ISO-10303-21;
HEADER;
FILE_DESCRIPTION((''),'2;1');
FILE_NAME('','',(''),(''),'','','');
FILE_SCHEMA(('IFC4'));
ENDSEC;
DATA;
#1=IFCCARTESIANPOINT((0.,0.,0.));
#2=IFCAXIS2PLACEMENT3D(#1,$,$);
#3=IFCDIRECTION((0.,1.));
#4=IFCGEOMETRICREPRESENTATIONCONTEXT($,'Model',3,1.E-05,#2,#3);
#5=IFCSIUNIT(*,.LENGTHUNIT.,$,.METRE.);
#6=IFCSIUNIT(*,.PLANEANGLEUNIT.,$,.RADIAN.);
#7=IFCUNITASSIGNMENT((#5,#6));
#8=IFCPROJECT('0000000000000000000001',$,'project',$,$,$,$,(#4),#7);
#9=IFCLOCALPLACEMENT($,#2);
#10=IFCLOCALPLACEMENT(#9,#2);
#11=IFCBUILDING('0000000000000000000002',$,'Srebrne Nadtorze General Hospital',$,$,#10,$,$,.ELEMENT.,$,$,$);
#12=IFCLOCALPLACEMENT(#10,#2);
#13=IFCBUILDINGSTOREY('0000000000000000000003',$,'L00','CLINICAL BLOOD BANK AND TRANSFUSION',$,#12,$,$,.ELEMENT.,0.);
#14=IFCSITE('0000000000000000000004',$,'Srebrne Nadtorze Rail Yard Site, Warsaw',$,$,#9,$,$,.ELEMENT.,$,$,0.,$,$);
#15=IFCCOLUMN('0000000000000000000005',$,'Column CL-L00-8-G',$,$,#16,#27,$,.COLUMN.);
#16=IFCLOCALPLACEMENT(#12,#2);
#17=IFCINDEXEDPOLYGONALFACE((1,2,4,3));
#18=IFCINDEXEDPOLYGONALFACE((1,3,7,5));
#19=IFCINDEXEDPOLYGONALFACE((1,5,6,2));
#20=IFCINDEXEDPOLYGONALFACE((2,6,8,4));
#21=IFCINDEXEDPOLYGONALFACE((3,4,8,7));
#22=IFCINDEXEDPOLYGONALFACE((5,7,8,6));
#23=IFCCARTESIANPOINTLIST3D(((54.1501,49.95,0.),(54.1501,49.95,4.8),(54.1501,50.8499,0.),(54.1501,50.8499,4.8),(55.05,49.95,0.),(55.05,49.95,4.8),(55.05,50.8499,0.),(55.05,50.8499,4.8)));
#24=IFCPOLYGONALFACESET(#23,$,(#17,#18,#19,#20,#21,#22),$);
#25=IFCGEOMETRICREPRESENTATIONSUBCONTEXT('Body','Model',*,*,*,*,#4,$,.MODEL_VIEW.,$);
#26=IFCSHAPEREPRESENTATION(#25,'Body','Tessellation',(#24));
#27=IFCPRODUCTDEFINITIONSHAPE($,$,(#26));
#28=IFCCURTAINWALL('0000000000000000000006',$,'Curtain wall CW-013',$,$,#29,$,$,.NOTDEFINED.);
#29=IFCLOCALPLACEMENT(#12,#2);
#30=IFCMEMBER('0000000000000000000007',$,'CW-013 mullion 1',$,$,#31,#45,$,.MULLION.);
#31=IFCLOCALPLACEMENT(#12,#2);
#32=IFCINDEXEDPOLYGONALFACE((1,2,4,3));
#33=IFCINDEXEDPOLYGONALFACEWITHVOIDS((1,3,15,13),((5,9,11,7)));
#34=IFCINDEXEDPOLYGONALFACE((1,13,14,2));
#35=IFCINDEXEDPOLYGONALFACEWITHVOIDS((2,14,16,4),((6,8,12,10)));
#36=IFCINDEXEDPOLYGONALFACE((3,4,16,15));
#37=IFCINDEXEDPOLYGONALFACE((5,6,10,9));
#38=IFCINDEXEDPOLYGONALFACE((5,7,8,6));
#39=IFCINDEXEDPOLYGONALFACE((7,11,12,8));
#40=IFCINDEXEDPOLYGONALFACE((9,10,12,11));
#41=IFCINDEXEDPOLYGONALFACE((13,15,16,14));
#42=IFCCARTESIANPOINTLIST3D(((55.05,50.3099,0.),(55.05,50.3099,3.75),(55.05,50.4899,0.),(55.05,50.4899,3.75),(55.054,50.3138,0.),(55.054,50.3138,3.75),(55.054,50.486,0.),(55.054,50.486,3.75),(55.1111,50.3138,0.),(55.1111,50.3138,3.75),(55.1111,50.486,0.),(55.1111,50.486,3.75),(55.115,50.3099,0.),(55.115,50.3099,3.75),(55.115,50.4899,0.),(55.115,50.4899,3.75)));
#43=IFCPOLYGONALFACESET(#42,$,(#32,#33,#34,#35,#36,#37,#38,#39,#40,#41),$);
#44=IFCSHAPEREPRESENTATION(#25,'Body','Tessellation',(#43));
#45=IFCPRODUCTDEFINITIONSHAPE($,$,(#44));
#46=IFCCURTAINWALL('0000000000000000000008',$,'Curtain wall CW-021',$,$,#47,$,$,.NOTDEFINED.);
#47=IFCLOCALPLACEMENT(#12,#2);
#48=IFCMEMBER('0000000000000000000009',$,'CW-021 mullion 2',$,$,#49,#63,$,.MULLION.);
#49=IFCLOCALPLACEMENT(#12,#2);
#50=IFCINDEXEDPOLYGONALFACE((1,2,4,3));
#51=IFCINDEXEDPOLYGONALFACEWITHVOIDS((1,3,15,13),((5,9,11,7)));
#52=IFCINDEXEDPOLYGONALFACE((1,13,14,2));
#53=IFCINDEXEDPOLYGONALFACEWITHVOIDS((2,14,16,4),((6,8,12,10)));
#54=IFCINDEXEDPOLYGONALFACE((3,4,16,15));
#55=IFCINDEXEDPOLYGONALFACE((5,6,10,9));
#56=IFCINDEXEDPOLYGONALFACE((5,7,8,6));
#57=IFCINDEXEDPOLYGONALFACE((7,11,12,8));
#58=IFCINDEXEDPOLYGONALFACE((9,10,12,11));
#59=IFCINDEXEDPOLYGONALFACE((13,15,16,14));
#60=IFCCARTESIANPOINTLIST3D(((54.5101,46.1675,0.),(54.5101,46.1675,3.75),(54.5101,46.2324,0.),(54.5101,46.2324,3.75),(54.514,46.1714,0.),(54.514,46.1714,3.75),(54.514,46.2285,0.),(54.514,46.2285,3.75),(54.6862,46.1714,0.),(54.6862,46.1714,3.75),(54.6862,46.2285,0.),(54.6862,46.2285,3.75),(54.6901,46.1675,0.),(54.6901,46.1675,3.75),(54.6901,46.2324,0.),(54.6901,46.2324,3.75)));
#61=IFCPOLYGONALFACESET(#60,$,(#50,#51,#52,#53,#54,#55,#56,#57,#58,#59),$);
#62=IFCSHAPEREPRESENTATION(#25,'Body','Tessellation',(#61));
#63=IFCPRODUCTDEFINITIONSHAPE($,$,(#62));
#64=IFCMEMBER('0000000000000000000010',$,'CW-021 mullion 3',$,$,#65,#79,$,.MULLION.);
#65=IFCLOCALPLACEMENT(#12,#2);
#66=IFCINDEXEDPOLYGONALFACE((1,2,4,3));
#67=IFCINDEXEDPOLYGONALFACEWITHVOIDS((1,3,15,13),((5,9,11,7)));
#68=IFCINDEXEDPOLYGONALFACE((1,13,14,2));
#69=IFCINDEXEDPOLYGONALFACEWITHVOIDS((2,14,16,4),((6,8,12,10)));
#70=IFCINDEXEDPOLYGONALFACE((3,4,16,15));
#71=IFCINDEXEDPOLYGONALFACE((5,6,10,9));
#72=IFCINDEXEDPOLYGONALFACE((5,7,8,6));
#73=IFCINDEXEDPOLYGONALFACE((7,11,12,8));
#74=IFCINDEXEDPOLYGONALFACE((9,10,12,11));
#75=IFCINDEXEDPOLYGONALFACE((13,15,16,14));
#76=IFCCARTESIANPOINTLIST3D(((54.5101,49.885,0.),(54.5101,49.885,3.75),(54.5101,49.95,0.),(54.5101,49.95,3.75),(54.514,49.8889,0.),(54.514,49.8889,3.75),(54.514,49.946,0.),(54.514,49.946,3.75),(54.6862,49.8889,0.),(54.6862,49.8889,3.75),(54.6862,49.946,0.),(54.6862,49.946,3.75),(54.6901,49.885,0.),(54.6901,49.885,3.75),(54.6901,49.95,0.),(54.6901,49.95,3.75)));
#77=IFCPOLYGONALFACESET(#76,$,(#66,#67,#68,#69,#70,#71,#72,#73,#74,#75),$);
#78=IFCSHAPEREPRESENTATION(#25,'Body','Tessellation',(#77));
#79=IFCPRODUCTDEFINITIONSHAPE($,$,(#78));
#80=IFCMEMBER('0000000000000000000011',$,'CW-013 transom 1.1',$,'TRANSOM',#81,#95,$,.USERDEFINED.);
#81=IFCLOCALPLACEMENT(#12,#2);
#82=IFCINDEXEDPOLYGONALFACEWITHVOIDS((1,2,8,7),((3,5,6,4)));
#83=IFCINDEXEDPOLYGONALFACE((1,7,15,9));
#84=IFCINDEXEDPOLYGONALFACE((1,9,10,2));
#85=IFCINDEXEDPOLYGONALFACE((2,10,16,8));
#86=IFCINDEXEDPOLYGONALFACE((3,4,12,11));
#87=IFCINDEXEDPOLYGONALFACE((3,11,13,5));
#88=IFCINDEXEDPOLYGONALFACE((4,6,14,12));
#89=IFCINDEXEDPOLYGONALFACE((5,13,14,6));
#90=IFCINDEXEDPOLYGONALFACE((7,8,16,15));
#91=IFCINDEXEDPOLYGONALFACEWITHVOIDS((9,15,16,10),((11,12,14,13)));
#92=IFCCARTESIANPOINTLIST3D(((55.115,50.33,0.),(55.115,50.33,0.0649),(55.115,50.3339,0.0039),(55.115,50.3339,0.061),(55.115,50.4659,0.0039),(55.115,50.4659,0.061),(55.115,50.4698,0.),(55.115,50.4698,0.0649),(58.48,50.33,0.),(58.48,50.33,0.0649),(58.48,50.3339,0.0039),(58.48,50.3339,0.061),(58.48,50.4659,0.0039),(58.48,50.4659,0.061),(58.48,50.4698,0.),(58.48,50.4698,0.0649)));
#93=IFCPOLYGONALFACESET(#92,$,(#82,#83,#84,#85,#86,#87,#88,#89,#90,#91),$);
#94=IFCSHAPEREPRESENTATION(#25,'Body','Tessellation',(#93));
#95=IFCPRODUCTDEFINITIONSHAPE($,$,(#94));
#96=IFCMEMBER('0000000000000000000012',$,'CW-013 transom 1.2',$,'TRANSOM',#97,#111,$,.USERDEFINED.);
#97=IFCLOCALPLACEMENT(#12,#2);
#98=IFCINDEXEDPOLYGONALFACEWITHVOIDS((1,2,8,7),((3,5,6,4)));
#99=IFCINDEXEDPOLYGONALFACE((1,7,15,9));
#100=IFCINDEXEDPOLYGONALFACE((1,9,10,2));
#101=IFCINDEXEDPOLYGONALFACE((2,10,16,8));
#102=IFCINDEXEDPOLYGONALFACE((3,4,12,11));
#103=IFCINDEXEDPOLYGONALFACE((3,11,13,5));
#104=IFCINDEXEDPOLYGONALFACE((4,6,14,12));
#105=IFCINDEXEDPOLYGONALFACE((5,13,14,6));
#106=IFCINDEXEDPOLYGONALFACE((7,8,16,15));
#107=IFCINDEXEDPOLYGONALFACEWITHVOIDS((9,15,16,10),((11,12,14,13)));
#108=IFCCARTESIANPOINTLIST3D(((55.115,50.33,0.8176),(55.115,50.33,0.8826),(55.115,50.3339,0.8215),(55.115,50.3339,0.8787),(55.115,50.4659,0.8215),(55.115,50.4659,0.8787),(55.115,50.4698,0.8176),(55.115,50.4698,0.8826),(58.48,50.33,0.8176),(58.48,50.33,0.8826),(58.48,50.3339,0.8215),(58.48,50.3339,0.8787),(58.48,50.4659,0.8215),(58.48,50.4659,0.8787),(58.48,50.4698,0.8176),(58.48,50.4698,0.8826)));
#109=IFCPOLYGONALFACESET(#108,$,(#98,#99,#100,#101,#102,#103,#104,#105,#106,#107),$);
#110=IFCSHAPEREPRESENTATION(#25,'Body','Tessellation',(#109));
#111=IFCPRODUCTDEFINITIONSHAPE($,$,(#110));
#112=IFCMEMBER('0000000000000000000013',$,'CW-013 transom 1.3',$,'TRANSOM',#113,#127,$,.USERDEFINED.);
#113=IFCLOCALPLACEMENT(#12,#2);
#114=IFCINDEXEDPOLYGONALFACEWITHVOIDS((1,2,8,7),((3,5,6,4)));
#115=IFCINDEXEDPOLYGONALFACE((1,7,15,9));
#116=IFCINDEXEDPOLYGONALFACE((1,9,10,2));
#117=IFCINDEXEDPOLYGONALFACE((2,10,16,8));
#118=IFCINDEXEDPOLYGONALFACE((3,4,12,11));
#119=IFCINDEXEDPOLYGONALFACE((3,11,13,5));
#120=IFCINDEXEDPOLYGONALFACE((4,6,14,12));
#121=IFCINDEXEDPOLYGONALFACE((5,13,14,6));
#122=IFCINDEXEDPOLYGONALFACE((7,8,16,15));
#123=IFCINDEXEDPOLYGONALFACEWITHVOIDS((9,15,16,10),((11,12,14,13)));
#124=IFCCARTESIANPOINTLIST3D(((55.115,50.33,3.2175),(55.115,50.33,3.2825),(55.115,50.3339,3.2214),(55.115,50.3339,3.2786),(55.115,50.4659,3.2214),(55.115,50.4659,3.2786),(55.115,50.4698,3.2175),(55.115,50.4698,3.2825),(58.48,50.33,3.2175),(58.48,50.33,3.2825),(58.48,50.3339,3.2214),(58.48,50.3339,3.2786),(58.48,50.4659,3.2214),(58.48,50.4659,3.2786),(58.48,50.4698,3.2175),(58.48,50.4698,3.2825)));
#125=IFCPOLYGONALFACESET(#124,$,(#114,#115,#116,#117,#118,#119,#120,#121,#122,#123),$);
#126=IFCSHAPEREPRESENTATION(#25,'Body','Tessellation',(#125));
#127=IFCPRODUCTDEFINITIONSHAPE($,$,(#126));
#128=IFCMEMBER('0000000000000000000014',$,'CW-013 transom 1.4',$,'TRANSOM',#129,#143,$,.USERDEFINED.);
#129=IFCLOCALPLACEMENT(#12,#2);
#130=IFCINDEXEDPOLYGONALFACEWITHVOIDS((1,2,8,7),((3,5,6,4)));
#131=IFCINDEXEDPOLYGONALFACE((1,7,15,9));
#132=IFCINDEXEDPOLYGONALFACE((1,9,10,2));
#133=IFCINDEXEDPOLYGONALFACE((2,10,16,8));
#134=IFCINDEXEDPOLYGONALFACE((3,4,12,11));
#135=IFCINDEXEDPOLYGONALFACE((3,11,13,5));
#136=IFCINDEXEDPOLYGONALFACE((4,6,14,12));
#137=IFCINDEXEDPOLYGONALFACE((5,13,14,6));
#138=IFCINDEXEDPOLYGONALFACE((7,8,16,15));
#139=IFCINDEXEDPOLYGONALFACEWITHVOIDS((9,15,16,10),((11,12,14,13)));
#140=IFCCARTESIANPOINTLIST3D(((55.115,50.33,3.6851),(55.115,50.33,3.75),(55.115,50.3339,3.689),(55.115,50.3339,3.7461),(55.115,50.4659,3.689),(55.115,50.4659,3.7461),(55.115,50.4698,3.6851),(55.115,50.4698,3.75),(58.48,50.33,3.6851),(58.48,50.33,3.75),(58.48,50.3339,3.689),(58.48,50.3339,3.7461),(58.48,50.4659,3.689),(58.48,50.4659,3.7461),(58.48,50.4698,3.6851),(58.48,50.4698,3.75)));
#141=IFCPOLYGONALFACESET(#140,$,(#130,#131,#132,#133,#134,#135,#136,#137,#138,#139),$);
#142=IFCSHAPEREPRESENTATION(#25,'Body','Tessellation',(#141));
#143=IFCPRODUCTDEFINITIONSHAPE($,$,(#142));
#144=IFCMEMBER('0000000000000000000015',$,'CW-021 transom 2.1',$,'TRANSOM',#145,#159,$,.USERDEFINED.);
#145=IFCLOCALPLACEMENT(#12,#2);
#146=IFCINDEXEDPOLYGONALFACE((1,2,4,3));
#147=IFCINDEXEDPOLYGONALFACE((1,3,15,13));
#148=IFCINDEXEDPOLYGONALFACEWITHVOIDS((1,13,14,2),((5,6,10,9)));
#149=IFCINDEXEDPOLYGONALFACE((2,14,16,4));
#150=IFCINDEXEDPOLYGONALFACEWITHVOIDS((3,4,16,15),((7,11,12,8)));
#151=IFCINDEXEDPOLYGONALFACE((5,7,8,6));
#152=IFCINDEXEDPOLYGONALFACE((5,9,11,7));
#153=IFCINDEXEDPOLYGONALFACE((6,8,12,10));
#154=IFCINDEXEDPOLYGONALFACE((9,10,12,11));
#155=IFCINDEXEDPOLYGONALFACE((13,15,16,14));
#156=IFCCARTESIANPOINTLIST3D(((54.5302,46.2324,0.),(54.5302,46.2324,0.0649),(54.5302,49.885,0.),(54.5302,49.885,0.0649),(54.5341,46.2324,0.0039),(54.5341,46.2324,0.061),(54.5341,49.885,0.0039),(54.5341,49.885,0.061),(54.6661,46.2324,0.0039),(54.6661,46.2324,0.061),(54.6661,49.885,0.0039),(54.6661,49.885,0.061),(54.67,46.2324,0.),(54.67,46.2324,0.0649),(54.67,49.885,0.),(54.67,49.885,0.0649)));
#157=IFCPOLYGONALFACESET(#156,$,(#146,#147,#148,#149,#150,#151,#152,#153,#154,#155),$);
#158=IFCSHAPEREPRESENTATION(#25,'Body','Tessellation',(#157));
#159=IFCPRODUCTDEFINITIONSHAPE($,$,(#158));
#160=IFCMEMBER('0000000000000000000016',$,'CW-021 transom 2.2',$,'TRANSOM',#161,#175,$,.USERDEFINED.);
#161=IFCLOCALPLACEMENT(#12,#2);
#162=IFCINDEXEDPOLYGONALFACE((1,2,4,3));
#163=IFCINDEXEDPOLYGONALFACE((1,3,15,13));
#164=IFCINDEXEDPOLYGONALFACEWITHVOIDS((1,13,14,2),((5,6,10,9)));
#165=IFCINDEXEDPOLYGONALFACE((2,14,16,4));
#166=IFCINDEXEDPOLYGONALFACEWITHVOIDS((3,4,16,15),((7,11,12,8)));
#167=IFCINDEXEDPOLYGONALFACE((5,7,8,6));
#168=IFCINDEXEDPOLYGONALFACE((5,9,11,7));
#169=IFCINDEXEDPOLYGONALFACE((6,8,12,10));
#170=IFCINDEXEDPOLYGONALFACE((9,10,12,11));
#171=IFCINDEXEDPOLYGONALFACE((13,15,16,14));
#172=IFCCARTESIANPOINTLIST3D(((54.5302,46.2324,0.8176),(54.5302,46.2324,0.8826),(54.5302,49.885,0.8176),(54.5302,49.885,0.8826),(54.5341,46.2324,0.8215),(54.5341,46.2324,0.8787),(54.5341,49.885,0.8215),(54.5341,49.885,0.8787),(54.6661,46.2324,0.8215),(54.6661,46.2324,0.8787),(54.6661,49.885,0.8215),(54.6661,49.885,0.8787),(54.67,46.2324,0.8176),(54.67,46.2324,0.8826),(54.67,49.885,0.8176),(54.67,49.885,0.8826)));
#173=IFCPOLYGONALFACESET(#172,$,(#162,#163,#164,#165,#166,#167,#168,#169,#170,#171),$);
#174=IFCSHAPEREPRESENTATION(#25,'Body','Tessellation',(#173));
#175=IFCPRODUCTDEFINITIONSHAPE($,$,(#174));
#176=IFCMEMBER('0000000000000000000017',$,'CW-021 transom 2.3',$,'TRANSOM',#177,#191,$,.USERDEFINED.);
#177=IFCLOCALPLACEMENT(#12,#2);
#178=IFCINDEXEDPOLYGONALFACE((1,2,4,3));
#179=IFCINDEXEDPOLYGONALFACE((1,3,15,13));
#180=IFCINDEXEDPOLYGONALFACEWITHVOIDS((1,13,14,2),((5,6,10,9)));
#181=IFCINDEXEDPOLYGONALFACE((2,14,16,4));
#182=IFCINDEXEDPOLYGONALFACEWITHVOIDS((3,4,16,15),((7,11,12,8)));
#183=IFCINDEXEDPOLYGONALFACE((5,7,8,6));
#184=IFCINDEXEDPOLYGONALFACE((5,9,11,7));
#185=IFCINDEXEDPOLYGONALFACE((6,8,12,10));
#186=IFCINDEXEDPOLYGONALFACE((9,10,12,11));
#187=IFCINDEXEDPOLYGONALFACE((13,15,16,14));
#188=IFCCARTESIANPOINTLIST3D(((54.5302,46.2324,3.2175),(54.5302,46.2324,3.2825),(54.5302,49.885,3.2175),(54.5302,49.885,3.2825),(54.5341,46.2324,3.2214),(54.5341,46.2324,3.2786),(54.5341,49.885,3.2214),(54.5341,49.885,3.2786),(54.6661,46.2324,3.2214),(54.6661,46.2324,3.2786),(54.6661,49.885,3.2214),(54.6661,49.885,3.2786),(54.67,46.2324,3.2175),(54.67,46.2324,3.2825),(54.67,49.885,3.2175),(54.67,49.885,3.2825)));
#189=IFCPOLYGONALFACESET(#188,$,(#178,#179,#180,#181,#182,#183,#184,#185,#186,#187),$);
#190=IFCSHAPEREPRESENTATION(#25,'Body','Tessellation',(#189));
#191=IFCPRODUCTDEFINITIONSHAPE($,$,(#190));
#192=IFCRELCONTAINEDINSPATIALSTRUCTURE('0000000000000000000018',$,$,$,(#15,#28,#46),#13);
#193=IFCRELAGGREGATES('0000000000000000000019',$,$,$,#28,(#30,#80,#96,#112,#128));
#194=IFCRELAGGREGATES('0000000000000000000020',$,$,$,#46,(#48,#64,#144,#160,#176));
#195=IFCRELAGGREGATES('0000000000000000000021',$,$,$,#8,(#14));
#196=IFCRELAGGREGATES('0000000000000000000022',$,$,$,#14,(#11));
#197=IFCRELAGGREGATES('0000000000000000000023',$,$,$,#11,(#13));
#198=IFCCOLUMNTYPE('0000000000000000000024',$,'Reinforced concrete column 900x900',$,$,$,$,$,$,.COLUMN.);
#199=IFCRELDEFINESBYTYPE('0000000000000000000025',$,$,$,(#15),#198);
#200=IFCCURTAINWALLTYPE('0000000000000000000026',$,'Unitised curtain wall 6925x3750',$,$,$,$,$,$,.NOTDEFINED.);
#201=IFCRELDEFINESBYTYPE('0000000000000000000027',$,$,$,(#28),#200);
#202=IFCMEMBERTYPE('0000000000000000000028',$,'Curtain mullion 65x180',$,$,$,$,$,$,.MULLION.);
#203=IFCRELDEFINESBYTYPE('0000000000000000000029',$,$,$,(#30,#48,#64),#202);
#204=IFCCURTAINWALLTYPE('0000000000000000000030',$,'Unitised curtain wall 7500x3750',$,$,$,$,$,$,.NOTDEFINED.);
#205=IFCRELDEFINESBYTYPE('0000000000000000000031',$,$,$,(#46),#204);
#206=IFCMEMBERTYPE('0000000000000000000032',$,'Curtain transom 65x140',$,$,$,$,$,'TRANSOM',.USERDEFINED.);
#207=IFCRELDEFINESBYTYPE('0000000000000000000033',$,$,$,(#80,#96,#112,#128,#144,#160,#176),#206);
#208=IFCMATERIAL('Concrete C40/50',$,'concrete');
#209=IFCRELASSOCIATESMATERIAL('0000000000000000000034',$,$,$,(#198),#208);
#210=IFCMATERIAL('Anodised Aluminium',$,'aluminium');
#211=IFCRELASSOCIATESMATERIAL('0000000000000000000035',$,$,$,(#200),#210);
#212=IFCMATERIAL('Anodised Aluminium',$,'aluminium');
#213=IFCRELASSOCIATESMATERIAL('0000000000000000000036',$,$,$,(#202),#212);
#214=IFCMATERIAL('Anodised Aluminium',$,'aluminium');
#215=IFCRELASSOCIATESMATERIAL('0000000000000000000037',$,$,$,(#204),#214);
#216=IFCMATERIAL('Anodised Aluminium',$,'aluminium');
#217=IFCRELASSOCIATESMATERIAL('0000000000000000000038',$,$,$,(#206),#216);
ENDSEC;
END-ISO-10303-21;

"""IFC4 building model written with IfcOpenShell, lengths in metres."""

from ifc_helpers import new_model, si_unit, direction, frame, origin, origin_2d, place, context, subcontext, project, spatial, rectangle, hollow_rectangle, extrude, material, material_profile, profile_set, type_object, element, aggregate, save


model = new_model("IFC4")

# Units and contexts
model_context = context("Model", 3, precision=1e-05, world=origin(), true_north=direction((0.0, 1.0)))
body_context = subcontext(model_context, "Body", "Model", "MODEL_VIEW")
ifc_project = project(units=[si_unit("LENGTHUNIT", "METRE"), si_unit("PLANEANGLEUNIT", "RADIAN")], contexts=[model_context])

# Site, building, storey
site_placement = place(None, origin())
site = spatial("IfcSite", under=ifc_project, at=site_placement, Name="Srebrne Nadtorze Rail Yard Site, Warsaw", CompositionType="ELEMENT", RefElevation=0.0)
building_placement = place(site_placement, origin())
building = spatial("IfcBuilding", under=site, at=building_placement, Name="Srebrne Nadtorze General Hospital", CompositionType="ELEMENT")
storey_placement = place(building_placement, origin())
storey = spatial("IfcBuildingStorey", under=building, at=storey_placement, Name="L00", Description="CLINICAL BLOOD BANK AND TRANSFUSION", CompositionType="ELEMENT", Elevation=0.0)

# Column
ifc_material_1 = material(Name="Concrete C40/50", Category="concrete")
ifc_material_profile_1 = material_profile(ifc_material_1, rectangle(XDim=0.8999, YDim=0.8999, at=origin_2d()), Name="RC-COL-900x900")
ifc_profile_set_1 = profile_set([ifc_material_profile_1], Name="Concrete C40/50")
column_type = type_object("IfcColumnType", Name="Reinforced concrete column 900x900", PredefinedType="COLUMN", material=ifc_profile_set_1)
column_placement = place(storey_placement, frame((54.6001, 50.3999, 0.0), z_axis=(0.0, 0.0, 1.0), x_axis=(1.0, 0.0, 0.0)))
element("IfcColumn", 1, at=column_placement, inside=storey, type_object=column_type, Name="Column CL-L00-8-G", PredefinedType="COLUMN", context=body_context, shape_type="SweptSolid", body=[
    extrude(rectangle(XDim=0.8999, YDim=0.8999, at=origin_2d()), origin(), (0.0, 0.0, 1.0), 4.8),
])

# Curtain wall, member
ifc_material_2 = material(Name="Anodised Aluminium", Category="aluminium")
curtain_wall_type_1 = type_object("IfcCurtainWallType", Name="Unitised curtain wall 6925x3750", PredefinedType="NOTDEFINED", material=ifc_material_2)
curtain_wall_1_placement = place(storey_placement, origin())
curtain_wall_1 = element("IfcCurtainWall", 2, at=curtain_wall_1_placement, inside=storey, type_object=curtain_wall_type_1, Name="Curtain wall CW-013", PredefinedType="NOTDEFINED")
ifc_material_3 = material(Name="Anodised Aluminium", Category="aluminium")
ifc_material_profile_2 = material_profile(ifc_material_3, hollow_rectangle(XDim=0.0649, YDim=0.1799, WallThickness=0.0039, at=origin_2d()), Name="AL-MUL-65x180")
ifc_profile_set_2 = profile_set([ifc_material_profile_2], Name="Anodised Aluminium")
member_type_1 = type_object("IfcMemberType", Name="Curtain mullion 65x180", PredefinedType="MULLION", material=ifc_profile_set_2)
member_1_placement = place(storey_placement, frame((55.0825, 50.3999, 0.0), z_axis=(0.0, 0.0, 1.0), x_axis=(1.0, 0.0, 0.0)))
member_1 = element("IfcMember", 3, at=member_1_placement, type_object=member_type_1, Name="CW-013 mullion 1", PredefinedType="MULLION", context=body_context, shape_type="SweptSolid", body=[
    extrude(hollow_rectangle(XDim=0.0649, YDim=0.1799, WallThickness=0.0039, at=origin_2d()), origin(), (0.0, 0.0, 1.0), 3.75),
])

# Curtain wall, members
ifc_material_4 = material(Name="Anodised Aluminium", Category="aluminium")
curtain_wall_type_2 = type_object("IfcCurtainWallType", Name="Unitised curtain wall 7500x3750", PredefinedType="NOTDEFINED", material=ifc_material_4)
curtain_wall_2_placement = place(storey_placement, origin())
curtain_wall_2 = element("IfcCurtainWall", 4, at=curtain_wall_2_placement, inside=storey, type_object=curtain_wall_type_2, Name="Curtain wall CW-021", PredefinedType="NOTDEFINED")
member_2_placement = place(storey_placement, frame((54.6001, 46.2, 0.0), z_axis=(0.0, 0.0, 1.0), x_axis=(0.0, 1.0, 0.0)))
member_2 = element("IfcMember", 5, at=member_2_placement, type_object=member_type_1, Name="CW-021 mullion 2", PredefinedType="MULLION", context=body_context, shape_type="SweptSolid", body=[
    extrude(hollow_rectangle(XDim=0.0649, YDim=0.1799, WallThickness=0.0039, at=origin_2d()), origin(), (0.0, 0.0, 1.0), 3.75),
])
member_3_placement = place(storey_placement, frame((54.6001, 49.9175, 0.0), z_axis=(0.0, 0.0, 1.0), x_axis=(0.0, 1.0, 0.0)))
member_3 = element("IfcMember", 6, at=member_3_placement, type_object=member_type_1, Name="CW-021 mullion 3", PredefinedType="MULLION", context=body_context, shape_type="SweptSolid", body=[
    extrude(hollow_rectangle(XDim=0.0649, YDim=0.1799, WallThickness=0.0039, at=origin_2d()), origin(), (0.0, 0.0, 1.0), 3.75),
])

# Members
ifc_material_5 = material(Name="Anodised Aluminium", Category="aluminium")
ifc_material_profile_3 = material_profile(ifc_material_5, hollow_rectangle(XDim=0.0649, YDim=0.1399, WallThickness=0.0039, at=origin_2d()), Name="AL-TRN-65x140")
ifc_profile_set_3 = profile_set([ifc_material_profile_3], Name="Anodised Aluminium")
member_type_2 = type_object("IfcMemberType", Name="Curtain transom 65x140", ElementType="TRANSOM", PredefinedType="USERDEFINED", material=ifc_profile_set_3)
member_4_placement = place(storey_placement, frame((55.115, 50.3999, 0.0325), z_axis=(1.0, 0.0, 0.0), x_axis=(0.0, 0.0, 1.0)))
member_4 = element("IfcMember", 7, at=member_4_placement, type_object=member_type_2, Name="CW-013 transom 1.1", ObjectType="TRANSOM", PredefinedType="USERDEFINED", context=body_context, shape_type="SweptSolid", body=[
    extrude(hollow_rectangle(XDim=0.0649, YDim=0.1399, WallThickness=0.0039, at=origin_2d()), origin(), (0.0, 0.0, 1.0), 3.365),
])
member_5_placement = place(storey_placement, frame((55.115, 50.3999, 0.8501), z_axis=(1.0, 0.0, 0.0), x_axis=(0.0, 0.0, 1.0)))
member_5 = element("IfcMember", 8, at=member_5_placement, type_object=member_type_2, Name="CW-013 transom 1.2", ObjectType="TRANSOM", PredefinedType="USERDEFINED", context=body_context, shape_type="SweptSolid", body=[
    extrude(hollow_rectangle(XDim=0.0649, YDim=0.1399, WallThickness=0.0039, at=origin_2d()), origin(), (0.0, 0.0, 1.0), 3.365),
])
member_6_placement = place(storey_placement, frame((55.115, 50.3999, 3.25), z_axis=(1.0, 0.0, 0.0), x_axis=(0.0, 0.0, 1.0)))
member_6 = element("IfcMember", 9, at=member_6_placement, type_object=member_type_2, Name="CW-013 transom 1.3", ObjectType="TRANSOM", PredefinedType="USERDEFINED", context=body_context, shape_type="SweptSolid", body=[
    extrude(hollow_rectangle(XDim=0.0649, YDim=0.1399, WallThickness=0.0039, at=origin_2d()), origin(), (0.0, 0.0, 1.0), 3.365),
])
member_7_placement = place(storey_placement, frame((55.115, 50.3999, 3.7175), z_axis=(1.0, 0.0, 0.0), x_axis=(0.0, 0.0, 1.0)))
member_7 = element("IfcMember", 10, at=member_7_placement, type_object=member_type_2, Name="CW-013 transom 1.4", ObjectType="TRANSOM", PredefinedType="USERDEFINED", context=body_context, shape_type="SweptSolid", body=[
    extrude(hollow_rectangle(XDim=0.0649, YDim=0.1399, WallThickness=0.0039, at=origin_2d()), origin(), (0.0, 0.0, 1.0), 3.365),
])
member_8_placement = place(storey_placement, frame((54.6001, 46.2324, 0.0325), z_axis=(0.0, 1.0, 0.0), x_axis=(0.0, 0.0, 1.0)))
member_8 = element("IfcMember", 11, at=member_8_placement, type_object=member_type_2, Name="CW-021 transom 2.1", ObjectType="TRANSOM", PredefinedType="USERDEFINED", context=body_context, shape_type="SweptSolid", body=[
    extrude(hollow_rectangle(XDim=0.0649, YDim=0.1399, WallThickness=0.0039, at=origin_2d()), origin(), (0.0, 0.0, 1.0), 3.6526),
])
member_9_placement = place(storey_placement, frame((54.6001, 46.2324, 0.8501), z_axis=(0.0, 1.0, 0.0), x_axis=(0.0, 0.0, 1.0)))
member_9 = element("IfcMember", 12, at=member_9_placement, type_object=member_type_2, Name="CW-021 transom 2.2", ObjectType="TRANSOM", PredefinedType="USERDEFINED", context=body_context, shape_type="SweptSolid", body=[
    extrude(hollow_rectangle(XDim=0.0649, YDim=0.1399, WallThickness=0.0039, at=origin_2d()), origin(), (0.0, 0.0, 1.0), 3.6526),
])
member_10_placement = place(storey_placement, frame((54.6001, 46.2324, 3.25), z_axis=(0.0, 1.0, 0.0), x_axis=(0.0, 0.0, 1.0)))
member_10 = element("IfcMember", 13, at=member_10_placement, type_object=member_type_2, Name="CW-021 transom 2.3", ObjectType="TRANSOM", PredefinedType="USERDEFINED", context=body_context, shape_type="SweptSolid", body=[
    extrude(hollow_rectangle(XDim=0.0649, YDim=0.1399, WallThickness=0.0039, at=origin_2d()), origin(), (0.0, 0.0, 1.0), 3.6526),
])

aggregate(curtain_wall_1, [member_1, member_4, member_5, member_6, member_7])
aggregate(curtain_wall_2, [member_2, member_3, member_8, member_9, member_10])

save(model, "model.ifc")
